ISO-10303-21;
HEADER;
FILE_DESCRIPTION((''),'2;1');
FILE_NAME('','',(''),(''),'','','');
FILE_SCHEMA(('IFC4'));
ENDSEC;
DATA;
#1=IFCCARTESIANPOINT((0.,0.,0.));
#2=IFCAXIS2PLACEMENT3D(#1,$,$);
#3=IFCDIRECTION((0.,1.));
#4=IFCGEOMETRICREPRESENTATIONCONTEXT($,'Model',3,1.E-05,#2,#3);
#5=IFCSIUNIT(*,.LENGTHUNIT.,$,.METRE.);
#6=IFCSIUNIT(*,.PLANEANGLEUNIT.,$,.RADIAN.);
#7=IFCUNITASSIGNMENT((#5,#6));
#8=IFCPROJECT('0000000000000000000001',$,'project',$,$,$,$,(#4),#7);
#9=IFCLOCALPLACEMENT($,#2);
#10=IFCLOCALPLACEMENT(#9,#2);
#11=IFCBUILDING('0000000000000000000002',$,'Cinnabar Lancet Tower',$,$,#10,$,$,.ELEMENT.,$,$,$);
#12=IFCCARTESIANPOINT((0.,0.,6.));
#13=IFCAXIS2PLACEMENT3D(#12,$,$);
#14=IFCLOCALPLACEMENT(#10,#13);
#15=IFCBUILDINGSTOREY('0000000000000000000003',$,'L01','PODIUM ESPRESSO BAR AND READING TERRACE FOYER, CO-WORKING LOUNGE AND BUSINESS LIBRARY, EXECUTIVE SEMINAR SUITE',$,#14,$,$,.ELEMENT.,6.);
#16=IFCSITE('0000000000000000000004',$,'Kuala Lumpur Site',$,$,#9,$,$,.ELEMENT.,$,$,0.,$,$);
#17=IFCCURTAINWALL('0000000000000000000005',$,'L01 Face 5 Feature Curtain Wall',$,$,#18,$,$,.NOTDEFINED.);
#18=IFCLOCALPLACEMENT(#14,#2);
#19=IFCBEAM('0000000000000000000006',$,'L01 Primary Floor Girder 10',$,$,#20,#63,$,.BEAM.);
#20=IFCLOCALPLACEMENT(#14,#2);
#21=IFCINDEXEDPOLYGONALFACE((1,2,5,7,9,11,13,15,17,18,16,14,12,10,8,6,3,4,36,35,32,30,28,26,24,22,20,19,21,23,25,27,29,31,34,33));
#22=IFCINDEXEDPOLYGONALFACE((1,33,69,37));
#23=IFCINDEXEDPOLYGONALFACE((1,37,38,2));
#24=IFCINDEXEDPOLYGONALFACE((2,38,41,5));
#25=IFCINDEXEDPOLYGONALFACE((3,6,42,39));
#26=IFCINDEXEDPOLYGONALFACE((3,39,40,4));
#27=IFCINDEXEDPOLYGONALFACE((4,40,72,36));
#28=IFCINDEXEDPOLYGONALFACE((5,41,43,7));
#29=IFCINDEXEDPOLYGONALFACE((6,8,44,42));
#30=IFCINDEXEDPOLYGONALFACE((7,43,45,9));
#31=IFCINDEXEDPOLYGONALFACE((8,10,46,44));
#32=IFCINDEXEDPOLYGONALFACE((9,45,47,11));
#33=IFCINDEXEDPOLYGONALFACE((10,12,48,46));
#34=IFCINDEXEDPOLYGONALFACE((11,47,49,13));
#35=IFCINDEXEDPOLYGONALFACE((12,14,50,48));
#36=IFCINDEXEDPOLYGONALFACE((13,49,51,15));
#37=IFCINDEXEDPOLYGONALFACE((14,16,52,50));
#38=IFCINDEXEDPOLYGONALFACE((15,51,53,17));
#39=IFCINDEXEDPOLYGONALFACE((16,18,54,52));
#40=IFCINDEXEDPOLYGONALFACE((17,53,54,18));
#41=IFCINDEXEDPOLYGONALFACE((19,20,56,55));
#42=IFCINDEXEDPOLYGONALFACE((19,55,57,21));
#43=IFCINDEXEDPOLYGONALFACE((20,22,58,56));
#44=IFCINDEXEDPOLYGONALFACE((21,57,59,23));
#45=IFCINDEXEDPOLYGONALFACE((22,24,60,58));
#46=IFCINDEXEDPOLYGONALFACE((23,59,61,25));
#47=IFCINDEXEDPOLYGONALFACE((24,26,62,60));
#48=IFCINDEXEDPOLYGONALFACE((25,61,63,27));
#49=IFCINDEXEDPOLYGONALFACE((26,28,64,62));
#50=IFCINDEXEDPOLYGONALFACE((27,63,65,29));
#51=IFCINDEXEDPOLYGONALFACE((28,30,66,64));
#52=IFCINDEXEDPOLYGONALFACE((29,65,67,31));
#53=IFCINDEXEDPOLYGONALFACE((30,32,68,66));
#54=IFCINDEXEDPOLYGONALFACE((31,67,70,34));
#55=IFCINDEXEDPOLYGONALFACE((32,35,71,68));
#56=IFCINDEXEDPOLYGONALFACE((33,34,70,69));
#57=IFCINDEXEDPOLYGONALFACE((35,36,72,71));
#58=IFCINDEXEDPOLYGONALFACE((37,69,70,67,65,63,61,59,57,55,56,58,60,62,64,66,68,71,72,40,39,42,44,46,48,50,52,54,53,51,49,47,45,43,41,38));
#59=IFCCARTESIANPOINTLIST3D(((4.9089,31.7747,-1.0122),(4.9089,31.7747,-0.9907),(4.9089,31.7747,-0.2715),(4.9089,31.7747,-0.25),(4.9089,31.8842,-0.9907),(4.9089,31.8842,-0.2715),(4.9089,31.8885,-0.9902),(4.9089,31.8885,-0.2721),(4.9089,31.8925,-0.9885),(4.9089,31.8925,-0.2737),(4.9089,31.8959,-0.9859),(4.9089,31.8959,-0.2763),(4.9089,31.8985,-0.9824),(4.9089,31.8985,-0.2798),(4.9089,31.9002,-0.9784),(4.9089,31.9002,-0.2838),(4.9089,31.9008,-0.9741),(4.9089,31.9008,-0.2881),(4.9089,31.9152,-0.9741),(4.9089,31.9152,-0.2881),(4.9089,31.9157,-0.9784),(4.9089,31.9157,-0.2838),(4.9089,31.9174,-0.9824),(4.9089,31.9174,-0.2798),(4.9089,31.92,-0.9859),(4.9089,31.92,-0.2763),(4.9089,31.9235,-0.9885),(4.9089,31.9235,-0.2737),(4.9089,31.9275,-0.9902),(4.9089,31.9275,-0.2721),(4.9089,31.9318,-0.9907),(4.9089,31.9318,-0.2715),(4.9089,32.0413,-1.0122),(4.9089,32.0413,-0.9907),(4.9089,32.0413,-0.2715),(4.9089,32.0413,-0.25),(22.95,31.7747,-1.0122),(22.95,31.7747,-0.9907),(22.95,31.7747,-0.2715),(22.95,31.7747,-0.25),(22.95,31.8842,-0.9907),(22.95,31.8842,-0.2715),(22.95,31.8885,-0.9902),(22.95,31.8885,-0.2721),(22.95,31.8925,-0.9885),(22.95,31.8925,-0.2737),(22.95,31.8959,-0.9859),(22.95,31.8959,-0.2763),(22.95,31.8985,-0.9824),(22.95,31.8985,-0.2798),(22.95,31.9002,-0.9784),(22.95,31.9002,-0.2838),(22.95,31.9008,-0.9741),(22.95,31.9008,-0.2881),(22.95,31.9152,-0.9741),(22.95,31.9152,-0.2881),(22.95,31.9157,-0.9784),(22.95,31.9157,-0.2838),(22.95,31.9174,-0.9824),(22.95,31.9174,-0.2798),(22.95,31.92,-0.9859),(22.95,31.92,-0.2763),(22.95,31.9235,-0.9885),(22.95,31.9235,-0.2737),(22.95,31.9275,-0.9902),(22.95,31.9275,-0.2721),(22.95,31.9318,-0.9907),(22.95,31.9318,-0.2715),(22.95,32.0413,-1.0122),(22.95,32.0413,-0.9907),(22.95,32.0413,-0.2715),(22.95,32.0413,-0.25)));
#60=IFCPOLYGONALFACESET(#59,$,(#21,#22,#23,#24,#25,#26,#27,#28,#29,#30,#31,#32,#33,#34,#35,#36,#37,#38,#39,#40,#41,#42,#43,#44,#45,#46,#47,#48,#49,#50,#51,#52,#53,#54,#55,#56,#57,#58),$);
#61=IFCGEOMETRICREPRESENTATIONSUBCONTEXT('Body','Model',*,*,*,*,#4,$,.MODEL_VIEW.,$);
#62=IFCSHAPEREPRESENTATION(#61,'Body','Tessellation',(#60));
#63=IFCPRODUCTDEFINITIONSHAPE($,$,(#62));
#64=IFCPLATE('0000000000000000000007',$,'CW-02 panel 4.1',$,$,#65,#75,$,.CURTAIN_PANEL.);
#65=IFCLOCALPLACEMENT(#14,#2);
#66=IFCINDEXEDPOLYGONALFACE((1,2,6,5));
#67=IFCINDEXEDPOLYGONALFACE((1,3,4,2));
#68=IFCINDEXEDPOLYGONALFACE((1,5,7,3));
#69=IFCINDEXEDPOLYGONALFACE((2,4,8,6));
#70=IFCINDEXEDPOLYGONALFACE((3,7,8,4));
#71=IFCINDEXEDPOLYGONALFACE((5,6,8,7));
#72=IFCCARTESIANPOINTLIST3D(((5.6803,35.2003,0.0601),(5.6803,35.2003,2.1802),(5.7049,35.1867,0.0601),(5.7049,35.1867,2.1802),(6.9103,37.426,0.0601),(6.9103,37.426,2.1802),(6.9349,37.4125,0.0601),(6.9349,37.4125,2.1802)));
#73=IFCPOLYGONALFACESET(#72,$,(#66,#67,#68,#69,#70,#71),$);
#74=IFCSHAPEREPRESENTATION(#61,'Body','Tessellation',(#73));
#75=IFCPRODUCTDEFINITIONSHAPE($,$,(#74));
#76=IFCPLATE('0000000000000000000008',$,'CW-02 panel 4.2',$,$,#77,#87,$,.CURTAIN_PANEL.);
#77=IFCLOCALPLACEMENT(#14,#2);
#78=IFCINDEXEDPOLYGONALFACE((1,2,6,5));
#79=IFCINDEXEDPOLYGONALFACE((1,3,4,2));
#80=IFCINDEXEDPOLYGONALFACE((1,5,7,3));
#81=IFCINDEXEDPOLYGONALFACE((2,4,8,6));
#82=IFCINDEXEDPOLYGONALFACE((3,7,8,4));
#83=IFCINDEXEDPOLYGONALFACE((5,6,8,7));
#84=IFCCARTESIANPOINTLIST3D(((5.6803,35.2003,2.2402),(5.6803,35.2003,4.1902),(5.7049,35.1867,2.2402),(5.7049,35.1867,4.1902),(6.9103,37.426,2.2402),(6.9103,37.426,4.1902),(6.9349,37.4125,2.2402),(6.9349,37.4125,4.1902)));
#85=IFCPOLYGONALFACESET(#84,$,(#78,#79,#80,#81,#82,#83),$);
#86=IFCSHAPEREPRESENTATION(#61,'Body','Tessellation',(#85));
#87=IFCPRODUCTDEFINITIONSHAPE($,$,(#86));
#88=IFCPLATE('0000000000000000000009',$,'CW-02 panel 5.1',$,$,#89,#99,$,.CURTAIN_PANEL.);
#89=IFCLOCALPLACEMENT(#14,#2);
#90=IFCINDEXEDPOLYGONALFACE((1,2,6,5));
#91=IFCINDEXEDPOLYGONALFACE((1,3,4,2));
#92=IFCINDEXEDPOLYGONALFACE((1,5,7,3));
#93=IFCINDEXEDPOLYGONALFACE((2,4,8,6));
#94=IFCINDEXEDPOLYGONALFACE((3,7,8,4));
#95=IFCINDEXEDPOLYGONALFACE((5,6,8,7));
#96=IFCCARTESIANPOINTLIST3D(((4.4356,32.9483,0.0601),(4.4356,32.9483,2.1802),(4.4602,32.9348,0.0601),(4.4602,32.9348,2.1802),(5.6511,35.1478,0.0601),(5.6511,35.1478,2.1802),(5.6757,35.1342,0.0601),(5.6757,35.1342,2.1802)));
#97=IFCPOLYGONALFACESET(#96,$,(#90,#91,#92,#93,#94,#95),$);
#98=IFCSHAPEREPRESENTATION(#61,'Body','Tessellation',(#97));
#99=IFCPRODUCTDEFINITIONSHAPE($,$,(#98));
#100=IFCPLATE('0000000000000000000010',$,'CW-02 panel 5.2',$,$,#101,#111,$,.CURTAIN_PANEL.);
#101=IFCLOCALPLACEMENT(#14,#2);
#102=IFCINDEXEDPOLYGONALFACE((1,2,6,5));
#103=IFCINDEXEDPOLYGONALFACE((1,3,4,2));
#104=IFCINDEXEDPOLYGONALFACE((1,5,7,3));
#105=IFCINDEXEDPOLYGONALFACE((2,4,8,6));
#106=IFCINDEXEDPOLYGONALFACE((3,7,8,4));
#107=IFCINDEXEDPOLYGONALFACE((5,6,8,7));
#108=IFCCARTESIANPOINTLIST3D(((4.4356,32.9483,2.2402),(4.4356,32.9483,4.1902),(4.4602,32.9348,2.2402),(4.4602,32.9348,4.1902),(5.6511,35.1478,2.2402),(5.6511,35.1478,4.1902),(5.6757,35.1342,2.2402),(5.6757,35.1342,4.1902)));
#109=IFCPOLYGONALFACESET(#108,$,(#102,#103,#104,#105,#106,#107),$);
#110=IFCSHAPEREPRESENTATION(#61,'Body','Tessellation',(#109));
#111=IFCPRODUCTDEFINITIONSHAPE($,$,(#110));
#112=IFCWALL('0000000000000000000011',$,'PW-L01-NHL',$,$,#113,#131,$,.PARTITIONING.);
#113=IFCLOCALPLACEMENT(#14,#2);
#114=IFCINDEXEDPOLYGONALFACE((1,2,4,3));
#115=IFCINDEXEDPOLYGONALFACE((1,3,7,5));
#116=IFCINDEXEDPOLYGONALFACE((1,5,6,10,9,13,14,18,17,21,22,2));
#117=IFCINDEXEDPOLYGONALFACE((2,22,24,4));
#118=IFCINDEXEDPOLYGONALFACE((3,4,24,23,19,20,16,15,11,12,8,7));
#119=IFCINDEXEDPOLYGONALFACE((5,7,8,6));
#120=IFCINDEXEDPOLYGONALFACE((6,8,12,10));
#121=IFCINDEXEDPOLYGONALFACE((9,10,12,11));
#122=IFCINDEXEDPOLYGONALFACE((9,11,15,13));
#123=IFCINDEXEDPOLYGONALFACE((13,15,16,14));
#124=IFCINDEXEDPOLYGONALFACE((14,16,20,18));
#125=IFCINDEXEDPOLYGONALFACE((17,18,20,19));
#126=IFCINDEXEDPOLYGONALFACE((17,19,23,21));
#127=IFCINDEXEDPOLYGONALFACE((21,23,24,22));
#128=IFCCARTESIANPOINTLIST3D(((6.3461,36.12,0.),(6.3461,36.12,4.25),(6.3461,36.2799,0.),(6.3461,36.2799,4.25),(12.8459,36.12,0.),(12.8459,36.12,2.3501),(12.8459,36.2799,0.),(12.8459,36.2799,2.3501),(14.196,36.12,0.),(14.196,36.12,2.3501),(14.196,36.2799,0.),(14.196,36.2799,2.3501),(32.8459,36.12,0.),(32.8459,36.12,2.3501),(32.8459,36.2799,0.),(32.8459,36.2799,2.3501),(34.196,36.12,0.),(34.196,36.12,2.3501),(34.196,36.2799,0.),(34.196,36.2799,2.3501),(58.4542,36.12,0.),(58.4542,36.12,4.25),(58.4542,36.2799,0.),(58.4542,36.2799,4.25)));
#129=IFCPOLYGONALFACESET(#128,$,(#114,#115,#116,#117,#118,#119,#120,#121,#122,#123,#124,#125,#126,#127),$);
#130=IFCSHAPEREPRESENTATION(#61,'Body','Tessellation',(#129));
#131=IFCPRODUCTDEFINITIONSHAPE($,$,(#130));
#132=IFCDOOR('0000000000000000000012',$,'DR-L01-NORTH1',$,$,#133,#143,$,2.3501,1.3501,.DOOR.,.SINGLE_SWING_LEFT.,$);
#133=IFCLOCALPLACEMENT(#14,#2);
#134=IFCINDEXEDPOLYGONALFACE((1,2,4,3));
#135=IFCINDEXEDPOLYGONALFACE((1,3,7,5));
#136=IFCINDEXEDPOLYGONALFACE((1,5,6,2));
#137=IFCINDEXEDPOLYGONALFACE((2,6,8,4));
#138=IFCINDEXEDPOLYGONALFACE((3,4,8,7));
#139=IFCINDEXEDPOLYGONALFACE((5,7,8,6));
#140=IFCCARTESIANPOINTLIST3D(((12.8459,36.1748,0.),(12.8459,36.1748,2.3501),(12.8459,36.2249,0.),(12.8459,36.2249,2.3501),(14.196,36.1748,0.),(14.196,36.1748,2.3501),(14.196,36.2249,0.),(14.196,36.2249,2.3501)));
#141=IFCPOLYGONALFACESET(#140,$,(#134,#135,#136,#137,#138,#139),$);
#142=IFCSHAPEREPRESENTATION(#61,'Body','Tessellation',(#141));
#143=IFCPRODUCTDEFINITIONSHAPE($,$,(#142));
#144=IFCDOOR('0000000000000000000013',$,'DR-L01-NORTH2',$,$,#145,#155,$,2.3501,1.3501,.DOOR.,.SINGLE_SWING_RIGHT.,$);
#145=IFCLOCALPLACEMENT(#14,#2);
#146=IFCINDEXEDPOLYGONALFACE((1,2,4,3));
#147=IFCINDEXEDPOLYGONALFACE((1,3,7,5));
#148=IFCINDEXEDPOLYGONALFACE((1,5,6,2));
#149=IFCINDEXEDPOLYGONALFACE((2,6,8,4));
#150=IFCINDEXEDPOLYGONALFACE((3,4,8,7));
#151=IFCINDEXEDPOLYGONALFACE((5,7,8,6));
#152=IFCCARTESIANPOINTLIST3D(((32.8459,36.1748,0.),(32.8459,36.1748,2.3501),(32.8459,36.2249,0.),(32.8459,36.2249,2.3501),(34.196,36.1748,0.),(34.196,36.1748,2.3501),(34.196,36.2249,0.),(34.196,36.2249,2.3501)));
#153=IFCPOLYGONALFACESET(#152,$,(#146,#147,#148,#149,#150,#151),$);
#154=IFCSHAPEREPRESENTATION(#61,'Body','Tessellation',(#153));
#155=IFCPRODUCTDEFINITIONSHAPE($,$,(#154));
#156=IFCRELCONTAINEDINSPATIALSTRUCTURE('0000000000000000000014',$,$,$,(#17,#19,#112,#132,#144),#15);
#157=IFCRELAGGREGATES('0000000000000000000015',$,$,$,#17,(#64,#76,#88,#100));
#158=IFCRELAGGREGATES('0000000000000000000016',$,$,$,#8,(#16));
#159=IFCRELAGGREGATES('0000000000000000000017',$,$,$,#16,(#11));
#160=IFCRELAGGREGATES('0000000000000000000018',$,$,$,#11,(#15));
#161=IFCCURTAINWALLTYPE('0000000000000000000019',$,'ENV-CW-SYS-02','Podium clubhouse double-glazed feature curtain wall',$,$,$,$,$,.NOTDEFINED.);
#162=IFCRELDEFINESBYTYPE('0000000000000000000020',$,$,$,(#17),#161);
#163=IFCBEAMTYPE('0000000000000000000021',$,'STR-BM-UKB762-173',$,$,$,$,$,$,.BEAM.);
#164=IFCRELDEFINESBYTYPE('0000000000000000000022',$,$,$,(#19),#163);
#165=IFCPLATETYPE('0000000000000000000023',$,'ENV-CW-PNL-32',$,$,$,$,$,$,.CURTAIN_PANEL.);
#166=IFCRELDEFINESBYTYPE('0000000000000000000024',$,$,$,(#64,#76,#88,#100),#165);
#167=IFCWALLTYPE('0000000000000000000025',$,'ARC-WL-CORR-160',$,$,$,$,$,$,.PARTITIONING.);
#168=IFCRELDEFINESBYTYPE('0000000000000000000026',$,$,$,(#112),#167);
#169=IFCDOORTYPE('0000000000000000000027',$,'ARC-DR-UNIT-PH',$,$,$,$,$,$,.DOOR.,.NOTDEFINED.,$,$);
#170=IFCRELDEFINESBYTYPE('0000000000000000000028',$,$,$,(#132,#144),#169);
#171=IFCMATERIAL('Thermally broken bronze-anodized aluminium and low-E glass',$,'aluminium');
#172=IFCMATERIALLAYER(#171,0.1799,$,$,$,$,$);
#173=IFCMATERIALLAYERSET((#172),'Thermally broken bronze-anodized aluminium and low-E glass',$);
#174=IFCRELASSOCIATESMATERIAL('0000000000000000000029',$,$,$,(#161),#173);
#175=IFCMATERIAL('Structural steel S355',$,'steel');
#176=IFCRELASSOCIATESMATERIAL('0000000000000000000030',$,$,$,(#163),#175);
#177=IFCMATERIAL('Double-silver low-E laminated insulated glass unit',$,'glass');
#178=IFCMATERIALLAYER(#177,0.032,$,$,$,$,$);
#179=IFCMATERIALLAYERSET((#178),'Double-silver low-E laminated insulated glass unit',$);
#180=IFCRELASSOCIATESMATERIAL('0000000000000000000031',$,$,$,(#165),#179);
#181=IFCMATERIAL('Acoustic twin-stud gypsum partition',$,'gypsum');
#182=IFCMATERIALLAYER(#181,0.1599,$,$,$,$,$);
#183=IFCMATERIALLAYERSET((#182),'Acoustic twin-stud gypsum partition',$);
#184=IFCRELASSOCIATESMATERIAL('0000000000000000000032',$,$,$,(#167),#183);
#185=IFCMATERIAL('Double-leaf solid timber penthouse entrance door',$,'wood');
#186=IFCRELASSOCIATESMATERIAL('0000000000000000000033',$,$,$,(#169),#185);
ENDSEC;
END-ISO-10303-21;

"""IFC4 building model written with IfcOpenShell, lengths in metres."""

from ifc_helpers import new_model, si_unit, direction, frame, frame_2d, origin, origin_2d, place, context, subcontext, project, spatial, rectangle, i_section, extrude, material, layer, layer_set, material_profile, profile_set, type_object, element, fill, aggregate, save


model = new_model("IFC4")

# Units and contexts
model_context = context("Model", 3, precision=1e-05, world=origin(), true_north=direction((0.0, 1.0)))
body_context = subcontext(model_context, "Body", "Model", "MODEL_VIEW")
ifc_project = project(units=[si_unit("LENGTHUNIT", "METRE"), si_unit("PLANEANGLEUNIT", "RADIAN")], contexts=[model_context])

# Site, building, storey
site_placement = place(None, origin())
site = spatial("IfcSite", under=ifc_project, at=site_placement, Name="Kuala Lumpur Site", CompositionType="ELEMENT", RefElevation=0.0)
building_placement = place(site_placement, origin())
building = spatial("IfcBuilding", under=site, at=building_placement, Name="Cinnabar Lancet Tower", CompositionType="ELEMENT")
storey_placement = place(building_placement, frame((0.0, 0.0, 6.0)))
storey = spatial("IfcBuildingStorey", under=building, at=storey_placement, Name="L01", Description="PODIUM ESPRESSO BAR AND READING TERRACE FOYER, CO-WORKING LOUNGE AND BUSINESS LIBRARY, EXECUTIVE SEMINAR SUITE", CompositionType="ELEMENT", Elevation=6.0)

# Curtain wall
ifc_material_1 = material(Name="Thermally broken bronze-anodized aluminium and low-E glass", Category="aluminium")
ifc_layer_1 = layer(ifc_material_1, 0.1799)
ifc_layer_set_1 = layer_set([ifc_layer_1], Name="Thermally broken bronze-anodized aluminium and low-E glass")
curtain_wall_type = type_object("IfcCurtainWallType", Name="ENV-CW-SYS-02", Description="Podium clubhouse double-glazed feature curtain wall", PredefinedType="NOTDEFINED", material=ifc_layer_set_1)
curtain_wall_placement = place(storey_placement, origin())
curtain_wall = element("IfcCurtainWall", 1, at=curtain_wall_placement, inside=storey, type_object=curtain_wall_type, Name="L01 Face 5 Feature Curtain Wall", PredefinedType="NOTDEFINED")

# Beam
ifc_material_2 = material(Name="Structural steel S355", Category="steel")
ifc_material_profile_1 = material_profile(ifc_material_2, i_section(OverallWidth=0.2666, OverallDepth=0.7622, WebThickness=0.0144, FlangeThickness=0.0215, FilletRadius=0.0166, at=origin_2d()), Name="UKB 762x267x173")
ifc_profile_set_1 = profile_set([ifc_material_profile_1], Name="Structural steel S355")
beam_type_1 = type_object("IfcBeamType", Name="STR-BM-UKB762-173", PredefinedType="BEAM", material=ifc_profile_set_1)
beam_1_placement = place(storey_placement, frame((4.9089, 31.908, -0.6311), z_axis=(1.0, 0.0, 0.0), x_axis=(0.0, 1.0, 0.0)))
element("IfcBeam", 2, at=beam_1_placement, inside=storey, type_object=beam_type_1, Name="L01 Primary Floor Girder 10", PredefinedType="BEAM", context=body_context, shape_type="SweptSolid", body=[
    extrude(i_section(OverallWidth=0.2666, OverallDepth=0.7622, WebThickness=0.0144, FlangeThickness=0.0215, FilletRadius=0.0166, at=origin_2d()), origin(), (0.0, 0.0, 1.0), 18.041),
])

# Plates
ifc_material_3 = material(Name="Double-silver low-E laminated insulated glass unit", Category="glass")
ifc_layer_2 = layer(ifc_material_3, 0.032)
ifc_layer_set_2 = layer_set([ifc_layer_2], Name="Double-silver low-E laminated insulated glass unit")
plate_type = type_object("IfcPlateType", Name="ENV-CW-PNL-32", PredefinedType="CURTAIN_PANEL", material=ifc_layer_set_2)
plate_1_placement = place(storey_placement, frame((6.3076, 36.3064, 0.0601), z_axis=(0.0, 0.0, 1.0), x_axis=(-0.483685, -0.875242, 0.0)))
plate_1 = element("IfcPlate", 3, at=plate_1_placement, type_object=plate_type, Name="CW-02 panel 4.1", PredefinedType="CURTAIN_PANEL", context=body_context, shape_type="SweptSolid", body=[
    extrude(rectangle(XDim=2.543, YDim=0.0281, at=origin_2d()), origin(), (0.0, 0.0, 1.0), 2.1201),
])
plate_2_placement = place(storey_placement, frame((6.3076, 36.3064, 2.2402), z_axis=(0.0, 0.0, 1.0), x_axis=(-0.483685, -0.875242, 0.0)))
plate_2 = element("IfcPlate", 4, at=plate_2_placement, type_object=plate_type, Name="CW-02 panel 4.2", PredefinedType="CURTAIN_PANEL", context=body_context, shape_type="SweptSolid", body=[
    extrude(rectangle(XDim=2.543, YDim=0.0281, at=origin_2d()), origin(), (0.0, 0.0, 1.0), 1.95),
])
plate_3_placement = place(storey_placement, frame((5.0557, 34.0413, 0.0601), z_axis=(0.0, 0.0, 1.0), x_axis=(-0.483685, -0.875242, 0.0)))
plate_3 = element("IfcPlate", 5, at=plate_3_placement, type_object=plate_type, Name="CW-02 panel 5.1", PredefinedType="CURTAIN_PANEL", context=body_context, shape_type="SweptSolid", body=[
    extrude(rectangle(XDim=2.5129, YDim=0.0281, at=origin_2d()), origin(), (0.0, 0.0, 1.0), 2.1201),
])
plate_4_placement = place(storey_placement, frame((5.0557, 34.0413, 2.2402), z_axis=(0.0, 0.0, 1.0), x_axis=(-0.483685, -0.875242, 0.0)))
plate_4 = element("IfcPlate", 6, at=plate_4_placement, type_object=plate_type, Name="CW-02 panel 5.2", PredefinedType="CURTAIN_PANEL", context=body_context, shape_type="SweptSolid", body=[
    extrude(rectangle(XDim=2.5129, YDim=0.0281, at=origin_2d()), origin(), (0.0, 0.0, 1.0), 1.95),
])
aggregate(curtain_wall, [plate_1, plate_2, plate_3, plate_4])

# Wall, openings, doors
ifc_material_4 = material(Name="Acoustic twin-stud gypsum partition", Category="gypsum")
ifc_layer_3 = layer(ifc_material_4, 0.1599)
ifc_layer_set_3 = layer_set([ifc_layer_3], Name="Acoustic twin-stud gypsum partition")
wall_type_1 = type_object("IfcWallType", Name="ARC-WL-CORR-160", PredefinedType="PARTITIONING", material=ifc_layer_set_3)
wall_1_placement = place(storey_placement, frame((6.3459, 36.2, 0.0), z_axis=(0.0, 0.0, 1.0), x_axis=(1.0, 0.0, 0.0)))
wall_1 = element("IfcWall", 7, at=wall_1_placement, inside=storey, type_object=wall_type_1, Name="PW-L01-NHL", PredefinedType="PARTITIONING", context=body_context, shape_type="SweptSolid", body=[
    extrude(rectangle(XDim=52.1082, YDim=0.1599, at=frame_2d((26.0542, 0.0))), origin(), (0.0, 0.0, 1.0), 4.25),
])
opening_1_placement = place(wall_1_placement, frame((6.5, 0.0, 0.0)))
opening_1 = element("IfcOpeningElement", 8, at=opening_1_placement, cuts=wall_1, PredefinedType="OPENING", context=body_context, shape_type="SweptSolid", body=[
    extrude(rectangle(XDim=1.3501, YDim=2.3501, at=frame_2d((0.675, 1.175))), frame((0.0, 0.0898, 0.0), z_axis=(0.0, -1.0, 0.0), x_axis=(1.0, 0.0, 0.0)), (0.0, 0.0, 1.0), 0.1799),
])
opening_2_placement = place(wall_1_placement, frame((26.5, 0.0, 0.0)))
opening_2 = element("IfcOpeningElement", 9, at=opening_2_placement, cuts=wall_1, PredefinedType="OPENING", context=body_context, shape_type="SweptSolid", body=[
    extrude(rectangle(XDim=1.3501, YDim=2.3501, at=frame_2d((0.675, 1.175))), frame((0.0, 0.0898, 0.0), z_axis=(0.0, -1.0, 0.0), x_axis=(1.0, 0.0, 0.0)), (0.0, 0.0, 1.0), 0.1799),
])
ifc_material_5 = material(Name="Double-leaf solid timber penthouse entrance door", Category="wood")
door_type = type_object("IfcDoorType", Name="ARC-DR-UNIT-PH", OperationType="NOTDEFINED", PredefinedType="DOOR", material=ifc_material_5)
door_1_placement = place(opening_1_placement, origin())
door_1 = element("IfcDoor", 10, at=door_1_placement, inside=storey, type_object=door_type, Name="DR-L01-NORTH1", OperationType="SINGLE_SWING_LEFT", OverallHeight=2.3501, OverallWidth=1.3501, PredefinedType="DOOR", context=body_context, shape_type="SweptSolid", body=[
    extrude(rectangle(XDim=1.3501, YDim=2.3501, at=frame_2d((0.675, 1.175))), frame((0.0, 0.0249, 0.0), z_axis=(0.0, -1.0, 0.0), x_axis=(1.0, 0.0, 0.0)), (0.0, 0.0, 1.0), 0.05),
])
fill(opening_1, door_1)
door_2_placement = place(opening_2_placement, origin())
door_2 = element("IfcDoor", 11, at=door_2_placement, inside=storey, type_object=door_type, Name="DR-L01-NORTH2", OperationType="SINGLE_SWING_RIGHT", OverallHeight=2.3501, OverallWidth=1.3501, PredefinedType="DOOR", context=body_context, shape_type="SweptSolid", body=[
    extrude(rectangle(XDim=1.3501, YDim=2.3501, at=frame_2d((0.675, 1.175))), frame((0.0, 0.0249, 0.0), z_axis=(0.0, -1.0, 0.0), x_axis=(1.0, 0.0, 0.0)), (0.0, 0.0, 1.0), 0.05),
])
fill(opening_2, door_2)

save(model, "model.ifc")
